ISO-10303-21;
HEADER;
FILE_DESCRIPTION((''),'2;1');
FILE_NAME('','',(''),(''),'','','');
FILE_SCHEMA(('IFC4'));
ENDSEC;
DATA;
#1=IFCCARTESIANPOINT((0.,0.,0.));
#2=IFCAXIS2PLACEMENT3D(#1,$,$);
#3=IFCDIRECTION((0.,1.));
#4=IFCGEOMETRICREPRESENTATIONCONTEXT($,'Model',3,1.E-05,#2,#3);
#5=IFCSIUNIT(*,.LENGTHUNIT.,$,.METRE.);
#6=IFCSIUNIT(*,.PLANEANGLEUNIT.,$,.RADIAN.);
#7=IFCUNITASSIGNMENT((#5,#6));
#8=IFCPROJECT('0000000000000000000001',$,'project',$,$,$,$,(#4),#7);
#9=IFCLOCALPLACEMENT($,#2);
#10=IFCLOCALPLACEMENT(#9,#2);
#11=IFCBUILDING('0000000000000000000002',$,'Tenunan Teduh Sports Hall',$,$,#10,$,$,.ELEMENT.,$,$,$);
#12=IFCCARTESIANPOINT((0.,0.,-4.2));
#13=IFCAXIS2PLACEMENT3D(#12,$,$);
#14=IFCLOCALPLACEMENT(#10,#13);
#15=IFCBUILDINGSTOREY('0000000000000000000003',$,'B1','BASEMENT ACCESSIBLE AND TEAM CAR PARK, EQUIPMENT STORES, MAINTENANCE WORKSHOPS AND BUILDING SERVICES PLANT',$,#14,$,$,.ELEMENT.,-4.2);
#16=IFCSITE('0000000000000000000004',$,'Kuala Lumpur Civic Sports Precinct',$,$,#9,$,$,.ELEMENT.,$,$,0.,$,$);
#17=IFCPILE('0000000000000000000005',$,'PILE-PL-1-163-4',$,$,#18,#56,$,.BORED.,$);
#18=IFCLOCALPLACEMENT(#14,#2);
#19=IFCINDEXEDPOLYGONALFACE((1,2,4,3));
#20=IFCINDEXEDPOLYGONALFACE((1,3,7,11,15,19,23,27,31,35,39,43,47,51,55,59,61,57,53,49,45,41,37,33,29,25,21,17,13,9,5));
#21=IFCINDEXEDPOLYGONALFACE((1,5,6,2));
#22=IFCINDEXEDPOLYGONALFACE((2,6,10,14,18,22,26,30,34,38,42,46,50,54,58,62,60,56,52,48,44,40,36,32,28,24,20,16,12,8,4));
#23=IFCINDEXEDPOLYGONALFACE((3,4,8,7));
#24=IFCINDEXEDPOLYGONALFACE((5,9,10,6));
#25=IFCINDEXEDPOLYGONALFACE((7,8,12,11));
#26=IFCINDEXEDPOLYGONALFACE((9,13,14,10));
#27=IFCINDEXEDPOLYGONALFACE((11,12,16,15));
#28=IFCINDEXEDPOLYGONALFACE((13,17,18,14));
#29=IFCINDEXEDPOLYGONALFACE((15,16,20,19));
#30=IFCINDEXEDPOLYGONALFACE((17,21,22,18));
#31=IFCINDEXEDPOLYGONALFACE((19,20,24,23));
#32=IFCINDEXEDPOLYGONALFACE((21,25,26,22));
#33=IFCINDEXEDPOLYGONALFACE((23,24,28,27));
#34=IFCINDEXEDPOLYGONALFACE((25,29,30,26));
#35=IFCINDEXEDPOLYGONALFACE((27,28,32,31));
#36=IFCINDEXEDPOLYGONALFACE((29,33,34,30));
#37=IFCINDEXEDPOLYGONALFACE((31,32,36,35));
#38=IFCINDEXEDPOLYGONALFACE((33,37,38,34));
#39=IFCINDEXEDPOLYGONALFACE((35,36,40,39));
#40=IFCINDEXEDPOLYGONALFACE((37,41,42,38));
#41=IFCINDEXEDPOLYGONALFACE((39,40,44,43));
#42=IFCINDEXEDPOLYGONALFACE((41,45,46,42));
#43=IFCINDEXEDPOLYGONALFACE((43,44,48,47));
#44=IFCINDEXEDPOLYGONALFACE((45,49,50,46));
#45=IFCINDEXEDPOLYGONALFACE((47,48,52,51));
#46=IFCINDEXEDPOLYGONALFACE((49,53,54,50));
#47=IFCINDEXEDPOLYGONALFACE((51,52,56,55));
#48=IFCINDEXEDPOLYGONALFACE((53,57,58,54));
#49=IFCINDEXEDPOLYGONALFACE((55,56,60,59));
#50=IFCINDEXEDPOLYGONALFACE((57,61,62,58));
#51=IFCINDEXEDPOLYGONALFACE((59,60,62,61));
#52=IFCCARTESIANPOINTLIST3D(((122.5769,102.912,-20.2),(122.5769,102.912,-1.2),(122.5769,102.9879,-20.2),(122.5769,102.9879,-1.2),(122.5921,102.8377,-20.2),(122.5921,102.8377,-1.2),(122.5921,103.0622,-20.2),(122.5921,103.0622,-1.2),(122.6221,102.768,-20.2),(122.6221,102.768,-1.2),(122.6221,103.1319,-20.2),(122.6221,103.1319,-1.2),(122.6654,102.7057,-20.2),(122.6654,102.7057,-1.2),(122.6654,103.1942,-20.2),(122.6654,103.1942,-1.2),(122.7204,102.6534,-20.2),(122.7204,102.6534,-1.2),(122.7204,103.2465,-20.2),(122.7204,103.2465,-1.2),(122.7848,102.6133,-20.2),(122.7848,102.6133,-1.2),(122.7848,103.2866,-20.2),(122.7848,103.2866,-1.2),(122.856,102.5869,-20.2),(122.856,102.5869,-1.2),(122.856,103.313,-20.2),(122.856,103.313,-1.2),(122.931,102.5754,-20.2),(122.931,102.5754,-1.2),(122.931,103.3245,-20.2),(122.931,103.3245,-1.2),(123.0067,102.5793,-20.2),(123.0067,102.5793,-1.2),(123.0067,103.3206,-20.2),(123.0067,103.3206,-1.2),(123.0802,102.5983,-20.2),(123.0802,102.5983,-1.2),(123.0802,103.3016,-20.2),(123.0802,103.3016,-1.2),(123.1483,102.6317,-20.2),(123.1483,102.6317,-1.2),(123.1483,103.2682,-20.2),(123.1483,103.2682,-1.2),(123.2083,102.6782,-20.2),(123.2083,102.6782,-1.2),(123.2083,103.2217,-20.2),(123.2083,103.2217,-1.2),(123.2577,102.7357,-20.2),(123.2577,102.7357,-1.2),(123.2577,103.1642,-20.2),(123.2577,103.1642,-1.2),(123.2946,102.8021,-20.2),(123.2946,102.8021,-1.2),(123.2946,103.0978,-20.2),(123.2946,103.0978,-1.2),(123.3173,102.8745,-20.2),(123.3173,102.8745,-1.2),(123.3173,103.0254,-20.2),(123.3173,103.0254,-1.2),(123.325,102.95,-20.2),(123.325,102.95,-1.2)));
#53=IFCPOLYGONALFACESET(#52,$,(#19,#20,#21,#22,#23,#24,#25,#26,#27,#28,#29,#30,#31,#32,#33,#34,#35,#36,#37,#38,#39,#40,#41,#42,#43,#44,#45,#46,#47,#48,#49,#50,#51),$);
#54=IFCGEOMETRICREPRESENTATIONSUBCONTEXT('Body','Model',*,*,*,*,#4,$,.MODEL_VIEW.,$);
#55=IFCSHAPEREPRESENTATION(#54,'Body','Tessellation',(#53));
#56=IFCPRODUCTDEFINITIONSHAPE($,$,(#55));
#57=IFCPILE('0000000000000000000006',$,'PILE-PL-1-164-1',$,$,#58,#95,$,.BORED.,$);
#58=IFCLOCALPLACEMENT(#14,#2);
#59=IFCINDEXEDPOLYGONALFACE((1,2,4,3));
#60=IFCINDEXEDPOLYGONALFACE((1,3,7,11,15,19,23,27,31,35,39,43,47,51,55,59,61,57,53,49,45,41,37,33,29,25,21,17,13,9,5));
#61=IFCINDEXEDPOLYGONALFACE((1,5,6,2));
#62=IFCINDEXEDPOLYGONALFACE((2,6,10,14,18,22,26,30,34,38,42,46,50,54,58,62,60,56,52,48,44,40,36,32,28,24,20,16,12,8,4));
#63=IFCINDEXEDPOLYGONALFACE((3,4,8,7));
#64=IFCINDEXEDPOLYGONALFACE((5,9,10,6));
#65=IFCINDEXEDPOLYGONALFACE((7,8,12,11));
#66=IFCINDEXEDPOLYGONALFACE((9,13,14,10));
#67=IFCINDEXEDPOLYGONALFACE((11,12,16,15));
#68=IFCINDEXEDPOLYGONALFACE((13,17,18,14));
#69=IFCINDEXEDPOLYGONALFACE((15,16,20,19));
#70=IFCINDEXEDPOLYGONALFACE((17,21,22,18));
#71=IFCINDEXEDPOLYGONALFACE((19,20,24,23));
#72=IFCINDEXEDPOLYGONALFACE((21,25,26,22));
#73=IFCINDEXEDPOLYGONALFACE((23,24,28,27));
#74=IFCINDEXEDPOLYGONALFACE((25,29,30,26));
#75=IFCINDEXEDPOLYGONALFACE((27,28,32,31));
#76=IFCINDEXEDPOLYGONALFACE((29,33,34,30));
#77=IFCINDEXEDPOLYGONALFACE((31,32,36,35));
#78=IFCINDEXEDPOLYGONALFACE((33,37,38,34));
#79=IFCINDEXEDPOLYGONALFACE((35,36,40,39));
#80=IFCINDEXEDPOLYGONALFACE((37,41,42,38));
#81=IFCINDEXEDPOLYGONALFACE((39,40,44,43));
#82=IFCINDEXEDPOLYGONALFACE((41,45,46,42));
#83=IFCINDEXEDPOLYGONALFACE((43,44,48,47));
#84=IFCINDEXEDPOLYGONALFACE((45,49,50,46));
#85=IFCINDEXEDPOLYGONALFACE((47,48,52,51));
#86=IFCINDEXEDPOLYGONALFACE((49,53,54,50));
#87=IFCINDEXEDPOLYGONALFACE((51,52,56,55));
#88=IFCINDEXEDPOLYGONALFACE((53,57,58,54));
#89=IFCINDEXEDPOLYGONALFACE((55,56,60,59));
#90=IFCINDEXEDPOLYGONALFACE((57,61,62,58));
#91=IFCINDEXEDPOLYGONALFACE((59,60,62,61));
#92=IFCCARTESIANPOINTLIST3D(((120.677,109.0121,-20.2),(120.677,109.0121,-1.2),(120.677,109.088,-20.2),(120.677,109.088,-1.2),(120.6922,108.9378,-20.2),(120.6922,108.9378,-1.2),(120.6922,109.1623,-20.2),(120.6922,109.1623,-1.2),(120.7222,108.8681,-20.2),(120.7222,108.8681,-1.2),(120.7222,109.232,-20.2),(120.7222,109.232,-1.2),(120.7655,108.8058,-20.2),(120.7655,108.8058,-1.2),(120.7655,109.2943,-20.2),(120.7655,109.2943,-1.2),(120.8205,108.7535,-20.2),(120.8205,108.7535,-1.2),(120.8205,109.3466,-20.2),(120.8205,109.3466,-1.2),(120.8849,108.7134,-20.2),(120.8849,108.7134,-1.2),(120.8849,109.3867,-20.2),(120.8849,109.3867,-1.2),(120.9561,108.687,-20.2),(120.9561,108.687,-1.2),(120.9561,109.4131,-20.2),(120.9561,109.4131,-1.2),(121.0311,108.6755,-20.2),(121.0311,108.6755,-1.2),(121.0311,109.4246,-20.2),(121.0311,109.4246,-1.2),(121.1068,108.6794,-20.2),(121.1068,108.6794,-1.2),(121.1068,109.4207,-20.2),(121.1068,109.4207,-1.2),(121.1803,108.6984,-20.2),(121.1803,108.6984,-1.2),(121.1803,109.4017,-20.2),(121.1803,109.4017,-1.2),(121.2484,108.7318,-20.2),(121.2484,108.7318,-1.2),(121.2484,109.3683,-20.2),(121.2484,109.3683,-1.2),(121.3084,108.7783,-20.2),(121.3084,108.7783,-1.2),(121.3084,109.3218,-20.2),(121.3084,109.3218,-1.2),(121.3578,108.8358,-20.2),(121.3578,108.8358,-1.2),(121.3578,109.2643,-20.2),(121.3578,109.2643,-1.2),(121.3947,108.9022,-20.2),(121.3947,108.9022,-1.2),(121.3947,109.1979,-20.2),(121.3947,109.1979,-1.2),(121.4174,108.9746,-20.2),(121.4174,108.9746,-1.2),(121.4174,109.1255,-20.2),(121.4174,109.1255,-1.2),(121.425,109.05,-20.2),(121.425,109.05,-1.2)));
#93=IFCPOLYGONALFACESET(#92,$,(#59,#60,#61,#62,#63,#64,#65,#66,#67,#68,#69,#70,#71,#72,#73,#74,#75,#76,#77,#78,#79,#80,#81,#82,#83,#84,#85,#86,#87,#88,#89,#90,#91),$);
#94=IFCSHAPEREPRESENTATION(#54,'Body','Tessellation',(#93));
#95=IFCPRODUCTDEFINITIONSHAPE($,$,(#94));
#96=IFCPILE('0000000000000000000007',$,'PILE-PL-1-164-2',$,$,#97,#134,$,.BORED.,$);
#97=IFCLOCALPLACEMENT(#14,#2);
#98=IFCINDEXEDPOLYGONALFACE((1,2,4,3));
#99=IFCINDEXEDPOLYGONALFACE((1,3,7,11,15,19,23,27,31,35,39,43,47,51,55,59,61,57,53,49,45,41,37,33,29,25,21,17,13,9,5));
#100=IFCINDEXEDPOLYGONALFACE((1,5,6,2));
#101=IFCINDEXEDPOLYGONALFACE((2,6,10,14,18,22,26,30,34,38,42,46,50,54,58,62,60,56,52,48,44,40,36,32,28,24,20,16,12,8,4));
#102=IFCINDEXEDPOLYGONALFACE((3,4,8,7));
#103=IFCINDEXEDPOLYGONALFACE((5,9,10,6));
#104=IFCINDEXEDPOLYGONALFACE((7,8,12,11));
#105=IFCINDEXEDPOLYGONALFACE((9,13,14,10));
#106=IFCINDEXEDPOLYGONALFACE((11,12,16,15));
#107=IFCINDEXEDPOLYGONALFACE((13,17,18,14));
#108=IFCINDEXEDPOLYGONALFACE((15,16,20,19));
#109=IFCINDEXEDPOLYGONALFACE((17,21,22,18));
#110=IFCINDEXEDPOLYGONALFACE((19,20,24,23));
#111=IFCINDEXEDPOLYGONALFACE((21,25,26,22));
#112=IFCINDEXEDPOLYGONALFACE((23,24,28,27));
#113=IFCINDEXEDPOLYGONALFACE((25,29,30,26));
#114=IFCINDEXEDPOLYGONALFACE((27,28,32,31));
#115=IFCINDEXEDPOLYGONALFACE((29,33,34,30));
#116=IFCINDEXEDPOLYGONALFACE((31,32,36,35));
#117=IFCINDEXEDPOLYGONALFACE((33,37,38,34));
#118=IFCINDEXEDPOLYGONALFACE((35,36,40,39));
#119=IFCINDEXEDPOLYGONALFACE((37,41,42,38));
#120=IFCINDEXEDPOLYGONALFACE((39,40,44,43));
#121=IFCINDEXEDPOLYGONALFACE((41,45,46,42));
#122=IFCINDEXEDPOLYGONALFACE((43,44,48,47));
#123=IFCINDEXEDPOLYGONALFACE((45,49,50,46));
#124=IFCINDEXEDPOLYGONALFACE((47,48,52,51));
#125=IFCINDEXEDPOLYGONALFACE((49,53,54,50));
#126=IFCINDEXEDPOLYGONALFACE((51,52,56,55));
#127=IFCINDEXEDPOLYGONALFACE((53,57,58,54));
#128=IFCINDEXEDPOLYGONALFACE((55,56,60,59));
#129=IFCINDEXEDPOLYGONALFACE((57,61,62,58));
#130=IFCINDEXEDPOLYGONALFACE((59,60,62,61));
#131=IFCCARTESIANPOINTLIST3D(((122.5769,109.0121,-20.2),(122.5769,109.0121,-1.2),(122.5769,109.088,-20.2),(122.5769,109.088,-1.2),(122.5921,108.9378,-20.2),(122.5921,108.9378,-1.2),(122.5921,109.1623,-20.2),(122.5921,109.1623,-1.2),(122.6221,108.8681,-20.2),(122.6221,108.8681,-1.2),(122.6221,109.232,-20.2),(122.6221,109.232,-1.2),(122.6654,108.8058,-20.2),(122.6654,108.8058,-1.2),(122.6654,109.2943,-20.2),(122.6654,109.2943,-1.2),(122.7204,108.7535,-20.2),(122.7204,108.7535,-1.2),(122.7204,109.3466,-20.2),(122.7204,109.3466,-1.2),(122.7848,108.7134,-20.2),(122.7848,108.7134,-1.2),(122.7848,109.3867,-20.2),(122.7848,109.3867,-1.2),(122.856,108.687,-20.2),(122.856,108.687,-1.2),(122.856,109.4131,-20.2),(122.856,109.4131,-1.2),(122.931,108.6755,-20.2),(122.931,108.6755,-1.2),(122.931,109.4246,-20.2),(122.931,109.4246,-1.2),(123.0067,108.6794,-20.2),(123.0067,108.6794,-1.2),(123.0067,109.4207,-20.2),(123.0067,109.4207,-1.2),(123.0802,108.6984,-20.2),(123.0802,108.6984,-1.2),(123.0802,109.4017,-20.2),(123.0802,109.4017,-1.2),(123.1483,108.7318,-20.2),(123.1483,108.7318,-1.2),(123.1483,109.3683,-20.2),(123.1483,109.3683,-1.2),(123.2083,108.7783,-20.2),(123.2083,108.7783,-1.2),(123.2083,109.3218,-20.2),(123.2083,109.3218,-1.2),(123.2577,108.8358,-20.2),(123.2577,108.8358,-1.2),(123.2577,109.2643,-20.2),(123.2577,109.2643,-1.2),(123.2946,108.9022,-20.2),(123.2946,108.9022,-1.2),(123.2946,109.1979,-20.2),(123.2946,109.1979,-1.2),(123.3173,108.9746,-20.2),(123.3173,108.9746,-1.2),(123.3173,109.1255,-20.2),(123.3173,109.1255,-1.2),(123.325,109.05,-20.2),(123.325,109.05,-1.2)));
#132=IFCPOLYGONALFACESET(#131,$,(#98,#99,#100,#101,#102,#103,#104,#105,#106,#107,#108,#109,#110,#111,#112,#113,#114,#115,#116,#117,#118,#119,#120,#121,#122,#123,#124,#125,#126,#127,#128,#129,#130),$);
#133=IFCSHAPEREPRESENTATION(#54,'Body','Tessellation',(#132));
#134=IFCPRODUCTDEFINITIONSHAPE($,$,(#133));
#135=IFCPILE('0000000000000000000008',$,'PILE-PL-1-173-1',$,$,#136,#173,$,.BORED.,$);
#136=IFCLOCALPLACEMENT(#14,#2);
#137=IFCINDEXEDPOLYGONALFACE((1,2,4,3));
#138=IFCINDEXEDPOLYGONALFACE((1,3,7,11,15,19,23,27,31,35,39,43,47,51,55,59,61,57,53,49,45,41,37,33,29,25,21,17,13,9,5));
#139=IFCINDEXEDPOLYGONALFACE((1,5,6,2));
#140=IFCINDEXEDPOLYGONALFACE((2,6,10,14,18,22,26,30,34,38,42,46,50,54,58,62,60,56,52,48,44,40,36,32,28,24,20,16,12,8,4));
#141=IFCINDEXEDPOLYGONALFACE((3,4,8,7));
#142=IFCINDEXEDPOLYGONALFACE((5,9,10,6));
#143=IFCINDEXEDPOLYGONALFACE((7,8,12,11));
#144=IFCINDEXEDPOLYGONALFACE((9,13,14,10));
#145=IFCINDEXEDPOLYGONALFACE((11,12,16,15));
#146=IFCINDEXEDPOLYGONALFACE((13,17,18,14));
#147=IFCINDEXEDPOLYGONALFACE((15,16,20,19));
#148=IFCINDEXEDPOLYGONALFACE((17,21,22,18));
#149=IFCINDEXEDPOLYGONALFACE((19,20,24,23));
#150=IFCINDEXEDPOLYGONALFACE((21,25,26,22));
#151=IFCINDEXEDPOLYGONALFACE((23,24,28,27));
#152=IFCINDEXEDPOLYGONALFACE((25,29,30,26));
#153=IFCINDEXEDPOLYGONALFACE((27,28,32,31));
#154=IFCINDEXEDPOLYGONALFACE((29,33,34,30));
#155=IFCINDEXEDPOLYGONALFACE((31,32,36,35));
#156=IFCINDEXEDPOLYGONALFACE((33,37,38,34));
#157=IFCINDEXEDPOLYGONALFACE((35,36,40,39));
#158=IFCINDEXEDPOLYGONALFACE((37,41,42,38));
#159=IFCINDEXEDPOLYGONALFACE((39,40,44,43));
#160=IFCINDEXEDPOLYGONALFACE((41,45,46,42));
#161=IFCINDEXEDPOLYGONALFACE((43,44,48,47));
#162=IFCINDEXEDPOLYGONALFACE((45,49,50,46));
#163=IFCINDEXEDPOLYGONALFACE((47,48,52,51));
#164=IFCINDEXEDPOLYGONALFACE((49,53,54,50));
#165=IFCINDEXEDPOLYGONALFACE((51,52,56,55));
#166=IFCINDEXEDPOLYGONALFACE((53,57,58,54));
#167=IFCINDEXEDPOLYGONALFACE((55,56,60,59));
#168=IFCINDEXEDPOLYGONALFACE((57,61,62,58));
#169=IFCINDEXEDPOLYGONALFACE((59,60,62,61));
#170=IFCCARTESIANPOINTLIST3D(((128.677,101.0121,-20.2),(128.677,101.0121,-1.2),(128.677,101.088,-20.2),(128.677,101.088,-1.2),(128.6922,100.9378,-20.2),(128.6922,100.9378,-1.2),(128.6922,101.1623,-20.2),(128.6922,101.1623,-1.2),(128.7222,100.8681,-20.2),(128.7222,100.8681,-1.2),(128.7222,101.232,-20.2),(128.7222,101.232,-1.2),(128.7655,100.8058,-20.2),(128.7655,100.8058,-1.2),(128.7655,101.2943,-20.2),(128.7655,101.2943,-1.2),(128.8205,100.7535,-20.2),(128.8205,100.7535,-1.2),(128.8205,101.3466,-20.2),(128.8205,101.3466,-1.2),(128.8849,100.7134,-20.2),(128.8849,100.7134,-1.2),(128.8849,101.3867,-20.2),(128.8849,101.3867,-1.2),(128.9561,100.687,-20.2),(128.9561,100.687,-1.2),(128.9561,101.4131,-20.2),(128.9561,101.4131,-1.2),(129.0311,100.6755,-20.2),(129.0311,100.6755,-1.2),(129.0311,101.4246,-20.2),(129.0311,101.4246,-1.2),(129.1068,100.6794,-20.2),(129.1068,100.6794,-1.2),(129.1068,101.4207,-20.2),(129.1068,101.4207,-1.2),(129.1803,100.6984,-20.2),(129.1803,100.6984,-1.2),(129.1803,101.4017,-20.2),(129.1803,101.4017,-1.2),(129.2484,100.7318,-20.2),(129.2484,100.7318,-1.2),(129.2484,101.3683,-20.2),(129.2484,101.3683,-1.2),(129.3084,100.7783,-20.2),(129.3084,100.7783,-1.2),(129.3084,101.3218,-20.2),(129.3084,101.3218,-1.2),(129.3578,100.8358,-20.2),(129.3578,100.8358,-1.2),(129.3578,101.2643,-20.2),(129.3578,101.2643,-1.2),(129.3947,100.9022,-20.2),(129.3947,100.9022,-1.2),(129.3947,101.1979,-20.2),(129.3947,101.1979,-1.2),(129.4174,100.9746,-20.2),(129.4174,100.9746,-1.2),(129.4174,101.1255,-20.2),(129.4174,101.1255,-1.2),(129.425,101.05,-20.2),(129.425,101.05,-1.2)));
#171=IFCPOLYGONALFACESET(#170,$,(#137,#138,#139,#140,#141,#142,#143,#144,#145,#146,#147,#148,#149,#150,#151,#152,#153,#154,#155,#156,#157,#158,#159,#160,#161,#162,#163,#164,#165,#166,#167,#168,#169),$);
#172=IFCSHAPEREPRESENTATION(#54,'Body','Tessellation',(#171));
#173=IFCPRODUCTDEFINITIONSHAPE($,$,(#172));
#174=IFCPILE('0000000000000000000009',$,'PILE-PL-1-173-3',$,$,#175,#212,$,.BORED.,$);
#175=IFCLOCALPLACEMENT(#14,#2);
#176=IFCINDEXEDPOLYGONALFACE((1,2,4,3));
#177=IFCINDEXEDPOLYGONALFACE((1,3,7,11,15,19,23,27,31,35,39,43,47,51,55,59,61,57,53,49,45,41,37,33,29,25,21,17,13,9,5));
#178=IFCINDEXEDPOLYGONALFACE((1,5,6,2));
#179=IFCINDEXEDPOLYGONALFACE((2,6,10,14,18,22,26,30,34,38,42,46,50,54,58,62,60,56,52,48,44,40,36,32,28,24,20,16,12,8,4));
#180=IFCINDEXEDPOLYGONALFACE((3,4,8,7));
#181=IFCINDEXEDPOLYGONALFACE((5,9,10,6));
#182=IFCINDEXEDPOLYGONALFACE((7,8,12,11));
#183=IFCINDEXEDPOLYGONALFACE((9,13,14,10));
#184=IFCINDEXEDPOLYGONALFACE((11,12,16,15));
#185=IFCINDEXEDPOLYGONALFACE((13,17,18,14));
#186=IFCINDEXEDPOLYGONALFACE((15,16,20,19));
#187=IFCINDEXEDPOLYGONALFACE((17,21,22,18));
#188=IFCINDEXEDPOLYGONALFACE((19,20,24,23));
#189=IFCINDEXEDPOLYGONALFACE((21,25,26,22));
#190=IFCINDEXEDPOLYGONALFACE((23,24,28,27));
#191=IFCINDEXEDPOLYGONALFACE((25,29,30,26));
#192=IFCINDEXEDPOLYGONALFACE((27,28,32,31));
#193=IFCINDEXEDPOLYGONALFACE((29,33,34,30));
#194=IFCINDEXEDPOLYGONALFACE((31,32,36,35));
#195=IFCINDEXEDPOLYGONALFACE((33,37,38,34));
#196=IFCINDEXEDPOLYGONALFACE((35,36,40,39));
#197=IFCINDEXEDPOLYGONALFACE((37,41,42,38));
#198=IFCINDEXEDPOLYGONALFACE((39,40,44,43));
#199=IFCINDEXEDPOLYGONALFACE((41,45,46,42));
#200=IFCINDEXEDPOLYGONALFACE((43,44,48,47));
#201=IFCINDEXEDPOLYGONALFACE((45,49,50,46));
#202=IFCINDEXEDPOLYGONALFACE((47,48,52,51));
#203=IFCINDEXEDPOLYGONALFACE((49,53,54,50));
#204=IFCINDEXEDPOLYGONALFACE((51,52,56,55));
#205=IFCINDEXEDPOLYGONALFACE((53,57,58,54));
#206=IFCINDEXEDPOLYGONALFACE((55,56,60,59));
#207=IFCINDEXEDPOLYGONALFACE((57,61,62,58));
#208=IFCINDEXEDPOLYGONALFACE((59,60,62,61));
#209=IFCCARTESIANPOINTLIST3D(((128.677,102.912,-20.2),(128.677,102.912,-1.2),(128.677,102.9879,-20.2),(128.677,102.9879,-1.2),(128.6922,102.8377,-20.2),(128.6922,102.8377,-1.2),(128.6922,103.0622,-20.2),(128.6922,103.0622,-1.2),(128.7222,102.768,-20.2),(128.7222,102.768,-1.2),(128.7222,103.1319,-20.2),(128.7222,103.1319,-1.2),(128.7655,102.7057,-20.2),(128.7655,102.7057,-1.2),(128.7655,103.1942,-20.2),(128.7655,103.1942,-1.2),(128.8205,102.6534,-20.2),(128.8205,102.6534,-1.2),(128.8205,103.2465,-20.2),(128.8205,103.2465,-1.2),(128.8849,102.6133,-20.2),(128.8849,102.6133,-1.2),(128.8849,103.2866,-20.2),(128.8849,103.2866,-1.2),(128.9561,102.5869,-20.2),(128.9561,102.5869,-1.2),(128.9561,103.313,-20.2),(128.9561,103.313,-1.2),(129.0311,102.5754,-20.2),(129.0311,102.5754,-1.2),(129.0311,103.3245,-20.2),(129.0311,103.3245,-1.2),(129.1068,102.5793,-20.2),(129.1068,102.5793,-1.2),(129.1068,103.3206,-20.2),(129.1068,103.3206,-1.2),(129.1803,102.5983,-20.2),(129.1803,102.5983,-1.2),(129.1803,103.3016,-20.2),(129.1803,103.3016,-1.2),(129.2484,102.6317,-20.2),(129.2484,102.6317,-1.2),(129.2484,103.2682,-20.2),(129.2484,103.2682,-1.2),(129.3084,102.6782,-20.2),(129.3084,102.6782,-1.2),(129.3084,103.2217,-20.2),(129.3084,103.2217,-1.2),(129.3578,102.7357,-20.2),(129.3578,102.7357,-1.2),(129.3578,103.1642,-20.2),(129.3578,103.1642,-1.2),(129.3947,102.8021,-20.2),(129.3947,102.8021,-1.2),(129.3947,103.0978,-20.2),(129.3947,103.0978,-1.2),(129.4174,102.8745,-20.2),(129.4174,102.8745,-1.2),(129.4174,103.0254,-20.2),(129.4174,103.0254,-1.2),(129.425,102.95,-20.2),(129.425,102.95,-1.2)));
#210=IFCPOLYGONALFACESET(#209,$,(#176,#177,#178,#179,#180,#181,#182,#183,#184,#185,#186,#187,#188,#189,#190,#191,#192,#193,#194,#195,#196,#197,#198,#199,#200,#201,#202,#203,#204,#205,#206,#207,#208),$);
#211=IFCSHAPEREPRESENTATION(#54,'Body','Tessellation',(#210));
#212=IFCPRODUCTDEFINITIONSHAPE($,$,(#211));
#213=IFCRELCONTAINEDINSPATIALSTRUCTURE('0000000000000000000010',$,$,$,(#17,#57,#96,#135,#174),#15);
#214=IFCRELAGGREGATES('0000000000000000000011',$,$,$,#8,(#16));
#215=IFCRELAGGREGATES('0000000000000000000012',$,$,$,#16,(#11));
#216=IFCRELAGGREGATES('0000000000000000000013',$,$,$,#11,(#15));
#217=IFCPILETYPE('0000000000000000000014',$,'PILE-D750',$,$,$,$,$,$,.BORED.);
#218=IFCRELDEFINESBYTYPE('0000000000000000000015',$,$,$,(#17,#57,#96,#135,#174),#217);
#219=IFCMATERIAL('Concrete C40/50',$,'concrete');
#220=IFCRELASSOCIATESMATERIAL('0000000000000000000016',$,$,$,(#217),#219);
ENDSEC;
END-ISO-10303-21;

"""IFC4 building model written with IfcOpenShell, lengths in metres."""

from ifc_helpers import new_model, si_unit, direction, frame, origin, origin_2d, place, context, subcontext, project, spatial, circle, extrude, material, material_profile, profile_set, type_object, element, save


model = new_model("IFC4")

# Units and contexts
model_context = context("Model", 3, precision=1e-05, world=origin(), true_north=direction((0.0, 1.0)))
body_context = subcontext(model_context, "Body", "Model", "MODEL_VIEW")
ifc_project = project(units=[si_unit("LENGTHUNIT", "METRE"), si_unit("PLANEANGLEUNIT", "RADIAN")], contexts=[model_context])

# Site, building, storey
site_placement = place(None, origin())
site = spatial("IfcSite", under=ifc_project, at=site_placement, Name="Kuala Lumpur Civic Sports Precinct", CompositionType="ELEMENT", RefElevation=0.0)
building_placement = place(site_placement, origin())
building = spatial("IfcBuilding", under=site, at=building_placement, Name="Tenunan Teduh Sports Hall", CompositionType="ELEMENT")
storey_placement = place(building_placement, frame((0.0, 0.0, -4.2)))
storey = spatial("IfcBuildingStorey", under=building, at=storey_placement, Name="B1", Description="BASEMENT ACCESSIBLE AND TEAM CAR PARK, EQUIPMENT STORES, MAINTENANCE WORKSHOPS AND BUILDING SERVICES PLANT", CompositionType="ELEMENT", Elevation=-4.2)

# Piles
ifc_material_1 = material(Name="Concrete C40/50", Category="concrete")
ifc_material_profile_1 = material_profile(ifc_material_1, circle(Radius=0.375, at=origin_2d()), Name="PILE D750")
ifc_profile_set_1 = profile_set([ifc_material_profile_1], Name="Concrete C40/50")
pile_type = type_object("IfcPileType", Name="PILE-D750", PredefinedType="BORED", material=ifc_profile_set_1)
for number, where, z_axis, x_axis, name in (
    (1, (122.95, 102.95, -1.2), (0.0, 0.0, -1.0), (1.0, 0.0, 0.0), "PILE-PL-1-163-4"),
    (2, (121.05, 109.05, -1.2), (0.0, 0.0, -1.0), (1.0, 0.0, 0.0), "PILE-PL-1-164-1"),
    (3, (122.95, 109.05, -1.2), (0.0, 0.0, -1.0), (1.0, 0.0, 0.0), "PILE-PL-1-164-2"),
    (4, (129.05, 101.05, -1.2), (0.0, 0.0, -1.0), (1.0, 0.0, 0.0), "PILE-PL-1-173-1"),
    (5, (129.05, 102.95, -1.2), (0.0, 0.0, -1.0), (1.0, 0.0, 0.0), "PILE-PL-1-173-3"),
):
    element("IfcPile", number, at=place(storey_placement, frame(where, z_axis=z_axis, x_axis=x_axis)), inside=storey, type_object=pile_type, Name=name, PredefinedType="BORED", context=body_context, shape_type="SweptSolid", body=[
        extrude(circle(Radius=0.375, at=origin_2d()), origin(), (0.0, 0.0, 1.0), 19.0),
    ])

save(model, "model.ifc")
